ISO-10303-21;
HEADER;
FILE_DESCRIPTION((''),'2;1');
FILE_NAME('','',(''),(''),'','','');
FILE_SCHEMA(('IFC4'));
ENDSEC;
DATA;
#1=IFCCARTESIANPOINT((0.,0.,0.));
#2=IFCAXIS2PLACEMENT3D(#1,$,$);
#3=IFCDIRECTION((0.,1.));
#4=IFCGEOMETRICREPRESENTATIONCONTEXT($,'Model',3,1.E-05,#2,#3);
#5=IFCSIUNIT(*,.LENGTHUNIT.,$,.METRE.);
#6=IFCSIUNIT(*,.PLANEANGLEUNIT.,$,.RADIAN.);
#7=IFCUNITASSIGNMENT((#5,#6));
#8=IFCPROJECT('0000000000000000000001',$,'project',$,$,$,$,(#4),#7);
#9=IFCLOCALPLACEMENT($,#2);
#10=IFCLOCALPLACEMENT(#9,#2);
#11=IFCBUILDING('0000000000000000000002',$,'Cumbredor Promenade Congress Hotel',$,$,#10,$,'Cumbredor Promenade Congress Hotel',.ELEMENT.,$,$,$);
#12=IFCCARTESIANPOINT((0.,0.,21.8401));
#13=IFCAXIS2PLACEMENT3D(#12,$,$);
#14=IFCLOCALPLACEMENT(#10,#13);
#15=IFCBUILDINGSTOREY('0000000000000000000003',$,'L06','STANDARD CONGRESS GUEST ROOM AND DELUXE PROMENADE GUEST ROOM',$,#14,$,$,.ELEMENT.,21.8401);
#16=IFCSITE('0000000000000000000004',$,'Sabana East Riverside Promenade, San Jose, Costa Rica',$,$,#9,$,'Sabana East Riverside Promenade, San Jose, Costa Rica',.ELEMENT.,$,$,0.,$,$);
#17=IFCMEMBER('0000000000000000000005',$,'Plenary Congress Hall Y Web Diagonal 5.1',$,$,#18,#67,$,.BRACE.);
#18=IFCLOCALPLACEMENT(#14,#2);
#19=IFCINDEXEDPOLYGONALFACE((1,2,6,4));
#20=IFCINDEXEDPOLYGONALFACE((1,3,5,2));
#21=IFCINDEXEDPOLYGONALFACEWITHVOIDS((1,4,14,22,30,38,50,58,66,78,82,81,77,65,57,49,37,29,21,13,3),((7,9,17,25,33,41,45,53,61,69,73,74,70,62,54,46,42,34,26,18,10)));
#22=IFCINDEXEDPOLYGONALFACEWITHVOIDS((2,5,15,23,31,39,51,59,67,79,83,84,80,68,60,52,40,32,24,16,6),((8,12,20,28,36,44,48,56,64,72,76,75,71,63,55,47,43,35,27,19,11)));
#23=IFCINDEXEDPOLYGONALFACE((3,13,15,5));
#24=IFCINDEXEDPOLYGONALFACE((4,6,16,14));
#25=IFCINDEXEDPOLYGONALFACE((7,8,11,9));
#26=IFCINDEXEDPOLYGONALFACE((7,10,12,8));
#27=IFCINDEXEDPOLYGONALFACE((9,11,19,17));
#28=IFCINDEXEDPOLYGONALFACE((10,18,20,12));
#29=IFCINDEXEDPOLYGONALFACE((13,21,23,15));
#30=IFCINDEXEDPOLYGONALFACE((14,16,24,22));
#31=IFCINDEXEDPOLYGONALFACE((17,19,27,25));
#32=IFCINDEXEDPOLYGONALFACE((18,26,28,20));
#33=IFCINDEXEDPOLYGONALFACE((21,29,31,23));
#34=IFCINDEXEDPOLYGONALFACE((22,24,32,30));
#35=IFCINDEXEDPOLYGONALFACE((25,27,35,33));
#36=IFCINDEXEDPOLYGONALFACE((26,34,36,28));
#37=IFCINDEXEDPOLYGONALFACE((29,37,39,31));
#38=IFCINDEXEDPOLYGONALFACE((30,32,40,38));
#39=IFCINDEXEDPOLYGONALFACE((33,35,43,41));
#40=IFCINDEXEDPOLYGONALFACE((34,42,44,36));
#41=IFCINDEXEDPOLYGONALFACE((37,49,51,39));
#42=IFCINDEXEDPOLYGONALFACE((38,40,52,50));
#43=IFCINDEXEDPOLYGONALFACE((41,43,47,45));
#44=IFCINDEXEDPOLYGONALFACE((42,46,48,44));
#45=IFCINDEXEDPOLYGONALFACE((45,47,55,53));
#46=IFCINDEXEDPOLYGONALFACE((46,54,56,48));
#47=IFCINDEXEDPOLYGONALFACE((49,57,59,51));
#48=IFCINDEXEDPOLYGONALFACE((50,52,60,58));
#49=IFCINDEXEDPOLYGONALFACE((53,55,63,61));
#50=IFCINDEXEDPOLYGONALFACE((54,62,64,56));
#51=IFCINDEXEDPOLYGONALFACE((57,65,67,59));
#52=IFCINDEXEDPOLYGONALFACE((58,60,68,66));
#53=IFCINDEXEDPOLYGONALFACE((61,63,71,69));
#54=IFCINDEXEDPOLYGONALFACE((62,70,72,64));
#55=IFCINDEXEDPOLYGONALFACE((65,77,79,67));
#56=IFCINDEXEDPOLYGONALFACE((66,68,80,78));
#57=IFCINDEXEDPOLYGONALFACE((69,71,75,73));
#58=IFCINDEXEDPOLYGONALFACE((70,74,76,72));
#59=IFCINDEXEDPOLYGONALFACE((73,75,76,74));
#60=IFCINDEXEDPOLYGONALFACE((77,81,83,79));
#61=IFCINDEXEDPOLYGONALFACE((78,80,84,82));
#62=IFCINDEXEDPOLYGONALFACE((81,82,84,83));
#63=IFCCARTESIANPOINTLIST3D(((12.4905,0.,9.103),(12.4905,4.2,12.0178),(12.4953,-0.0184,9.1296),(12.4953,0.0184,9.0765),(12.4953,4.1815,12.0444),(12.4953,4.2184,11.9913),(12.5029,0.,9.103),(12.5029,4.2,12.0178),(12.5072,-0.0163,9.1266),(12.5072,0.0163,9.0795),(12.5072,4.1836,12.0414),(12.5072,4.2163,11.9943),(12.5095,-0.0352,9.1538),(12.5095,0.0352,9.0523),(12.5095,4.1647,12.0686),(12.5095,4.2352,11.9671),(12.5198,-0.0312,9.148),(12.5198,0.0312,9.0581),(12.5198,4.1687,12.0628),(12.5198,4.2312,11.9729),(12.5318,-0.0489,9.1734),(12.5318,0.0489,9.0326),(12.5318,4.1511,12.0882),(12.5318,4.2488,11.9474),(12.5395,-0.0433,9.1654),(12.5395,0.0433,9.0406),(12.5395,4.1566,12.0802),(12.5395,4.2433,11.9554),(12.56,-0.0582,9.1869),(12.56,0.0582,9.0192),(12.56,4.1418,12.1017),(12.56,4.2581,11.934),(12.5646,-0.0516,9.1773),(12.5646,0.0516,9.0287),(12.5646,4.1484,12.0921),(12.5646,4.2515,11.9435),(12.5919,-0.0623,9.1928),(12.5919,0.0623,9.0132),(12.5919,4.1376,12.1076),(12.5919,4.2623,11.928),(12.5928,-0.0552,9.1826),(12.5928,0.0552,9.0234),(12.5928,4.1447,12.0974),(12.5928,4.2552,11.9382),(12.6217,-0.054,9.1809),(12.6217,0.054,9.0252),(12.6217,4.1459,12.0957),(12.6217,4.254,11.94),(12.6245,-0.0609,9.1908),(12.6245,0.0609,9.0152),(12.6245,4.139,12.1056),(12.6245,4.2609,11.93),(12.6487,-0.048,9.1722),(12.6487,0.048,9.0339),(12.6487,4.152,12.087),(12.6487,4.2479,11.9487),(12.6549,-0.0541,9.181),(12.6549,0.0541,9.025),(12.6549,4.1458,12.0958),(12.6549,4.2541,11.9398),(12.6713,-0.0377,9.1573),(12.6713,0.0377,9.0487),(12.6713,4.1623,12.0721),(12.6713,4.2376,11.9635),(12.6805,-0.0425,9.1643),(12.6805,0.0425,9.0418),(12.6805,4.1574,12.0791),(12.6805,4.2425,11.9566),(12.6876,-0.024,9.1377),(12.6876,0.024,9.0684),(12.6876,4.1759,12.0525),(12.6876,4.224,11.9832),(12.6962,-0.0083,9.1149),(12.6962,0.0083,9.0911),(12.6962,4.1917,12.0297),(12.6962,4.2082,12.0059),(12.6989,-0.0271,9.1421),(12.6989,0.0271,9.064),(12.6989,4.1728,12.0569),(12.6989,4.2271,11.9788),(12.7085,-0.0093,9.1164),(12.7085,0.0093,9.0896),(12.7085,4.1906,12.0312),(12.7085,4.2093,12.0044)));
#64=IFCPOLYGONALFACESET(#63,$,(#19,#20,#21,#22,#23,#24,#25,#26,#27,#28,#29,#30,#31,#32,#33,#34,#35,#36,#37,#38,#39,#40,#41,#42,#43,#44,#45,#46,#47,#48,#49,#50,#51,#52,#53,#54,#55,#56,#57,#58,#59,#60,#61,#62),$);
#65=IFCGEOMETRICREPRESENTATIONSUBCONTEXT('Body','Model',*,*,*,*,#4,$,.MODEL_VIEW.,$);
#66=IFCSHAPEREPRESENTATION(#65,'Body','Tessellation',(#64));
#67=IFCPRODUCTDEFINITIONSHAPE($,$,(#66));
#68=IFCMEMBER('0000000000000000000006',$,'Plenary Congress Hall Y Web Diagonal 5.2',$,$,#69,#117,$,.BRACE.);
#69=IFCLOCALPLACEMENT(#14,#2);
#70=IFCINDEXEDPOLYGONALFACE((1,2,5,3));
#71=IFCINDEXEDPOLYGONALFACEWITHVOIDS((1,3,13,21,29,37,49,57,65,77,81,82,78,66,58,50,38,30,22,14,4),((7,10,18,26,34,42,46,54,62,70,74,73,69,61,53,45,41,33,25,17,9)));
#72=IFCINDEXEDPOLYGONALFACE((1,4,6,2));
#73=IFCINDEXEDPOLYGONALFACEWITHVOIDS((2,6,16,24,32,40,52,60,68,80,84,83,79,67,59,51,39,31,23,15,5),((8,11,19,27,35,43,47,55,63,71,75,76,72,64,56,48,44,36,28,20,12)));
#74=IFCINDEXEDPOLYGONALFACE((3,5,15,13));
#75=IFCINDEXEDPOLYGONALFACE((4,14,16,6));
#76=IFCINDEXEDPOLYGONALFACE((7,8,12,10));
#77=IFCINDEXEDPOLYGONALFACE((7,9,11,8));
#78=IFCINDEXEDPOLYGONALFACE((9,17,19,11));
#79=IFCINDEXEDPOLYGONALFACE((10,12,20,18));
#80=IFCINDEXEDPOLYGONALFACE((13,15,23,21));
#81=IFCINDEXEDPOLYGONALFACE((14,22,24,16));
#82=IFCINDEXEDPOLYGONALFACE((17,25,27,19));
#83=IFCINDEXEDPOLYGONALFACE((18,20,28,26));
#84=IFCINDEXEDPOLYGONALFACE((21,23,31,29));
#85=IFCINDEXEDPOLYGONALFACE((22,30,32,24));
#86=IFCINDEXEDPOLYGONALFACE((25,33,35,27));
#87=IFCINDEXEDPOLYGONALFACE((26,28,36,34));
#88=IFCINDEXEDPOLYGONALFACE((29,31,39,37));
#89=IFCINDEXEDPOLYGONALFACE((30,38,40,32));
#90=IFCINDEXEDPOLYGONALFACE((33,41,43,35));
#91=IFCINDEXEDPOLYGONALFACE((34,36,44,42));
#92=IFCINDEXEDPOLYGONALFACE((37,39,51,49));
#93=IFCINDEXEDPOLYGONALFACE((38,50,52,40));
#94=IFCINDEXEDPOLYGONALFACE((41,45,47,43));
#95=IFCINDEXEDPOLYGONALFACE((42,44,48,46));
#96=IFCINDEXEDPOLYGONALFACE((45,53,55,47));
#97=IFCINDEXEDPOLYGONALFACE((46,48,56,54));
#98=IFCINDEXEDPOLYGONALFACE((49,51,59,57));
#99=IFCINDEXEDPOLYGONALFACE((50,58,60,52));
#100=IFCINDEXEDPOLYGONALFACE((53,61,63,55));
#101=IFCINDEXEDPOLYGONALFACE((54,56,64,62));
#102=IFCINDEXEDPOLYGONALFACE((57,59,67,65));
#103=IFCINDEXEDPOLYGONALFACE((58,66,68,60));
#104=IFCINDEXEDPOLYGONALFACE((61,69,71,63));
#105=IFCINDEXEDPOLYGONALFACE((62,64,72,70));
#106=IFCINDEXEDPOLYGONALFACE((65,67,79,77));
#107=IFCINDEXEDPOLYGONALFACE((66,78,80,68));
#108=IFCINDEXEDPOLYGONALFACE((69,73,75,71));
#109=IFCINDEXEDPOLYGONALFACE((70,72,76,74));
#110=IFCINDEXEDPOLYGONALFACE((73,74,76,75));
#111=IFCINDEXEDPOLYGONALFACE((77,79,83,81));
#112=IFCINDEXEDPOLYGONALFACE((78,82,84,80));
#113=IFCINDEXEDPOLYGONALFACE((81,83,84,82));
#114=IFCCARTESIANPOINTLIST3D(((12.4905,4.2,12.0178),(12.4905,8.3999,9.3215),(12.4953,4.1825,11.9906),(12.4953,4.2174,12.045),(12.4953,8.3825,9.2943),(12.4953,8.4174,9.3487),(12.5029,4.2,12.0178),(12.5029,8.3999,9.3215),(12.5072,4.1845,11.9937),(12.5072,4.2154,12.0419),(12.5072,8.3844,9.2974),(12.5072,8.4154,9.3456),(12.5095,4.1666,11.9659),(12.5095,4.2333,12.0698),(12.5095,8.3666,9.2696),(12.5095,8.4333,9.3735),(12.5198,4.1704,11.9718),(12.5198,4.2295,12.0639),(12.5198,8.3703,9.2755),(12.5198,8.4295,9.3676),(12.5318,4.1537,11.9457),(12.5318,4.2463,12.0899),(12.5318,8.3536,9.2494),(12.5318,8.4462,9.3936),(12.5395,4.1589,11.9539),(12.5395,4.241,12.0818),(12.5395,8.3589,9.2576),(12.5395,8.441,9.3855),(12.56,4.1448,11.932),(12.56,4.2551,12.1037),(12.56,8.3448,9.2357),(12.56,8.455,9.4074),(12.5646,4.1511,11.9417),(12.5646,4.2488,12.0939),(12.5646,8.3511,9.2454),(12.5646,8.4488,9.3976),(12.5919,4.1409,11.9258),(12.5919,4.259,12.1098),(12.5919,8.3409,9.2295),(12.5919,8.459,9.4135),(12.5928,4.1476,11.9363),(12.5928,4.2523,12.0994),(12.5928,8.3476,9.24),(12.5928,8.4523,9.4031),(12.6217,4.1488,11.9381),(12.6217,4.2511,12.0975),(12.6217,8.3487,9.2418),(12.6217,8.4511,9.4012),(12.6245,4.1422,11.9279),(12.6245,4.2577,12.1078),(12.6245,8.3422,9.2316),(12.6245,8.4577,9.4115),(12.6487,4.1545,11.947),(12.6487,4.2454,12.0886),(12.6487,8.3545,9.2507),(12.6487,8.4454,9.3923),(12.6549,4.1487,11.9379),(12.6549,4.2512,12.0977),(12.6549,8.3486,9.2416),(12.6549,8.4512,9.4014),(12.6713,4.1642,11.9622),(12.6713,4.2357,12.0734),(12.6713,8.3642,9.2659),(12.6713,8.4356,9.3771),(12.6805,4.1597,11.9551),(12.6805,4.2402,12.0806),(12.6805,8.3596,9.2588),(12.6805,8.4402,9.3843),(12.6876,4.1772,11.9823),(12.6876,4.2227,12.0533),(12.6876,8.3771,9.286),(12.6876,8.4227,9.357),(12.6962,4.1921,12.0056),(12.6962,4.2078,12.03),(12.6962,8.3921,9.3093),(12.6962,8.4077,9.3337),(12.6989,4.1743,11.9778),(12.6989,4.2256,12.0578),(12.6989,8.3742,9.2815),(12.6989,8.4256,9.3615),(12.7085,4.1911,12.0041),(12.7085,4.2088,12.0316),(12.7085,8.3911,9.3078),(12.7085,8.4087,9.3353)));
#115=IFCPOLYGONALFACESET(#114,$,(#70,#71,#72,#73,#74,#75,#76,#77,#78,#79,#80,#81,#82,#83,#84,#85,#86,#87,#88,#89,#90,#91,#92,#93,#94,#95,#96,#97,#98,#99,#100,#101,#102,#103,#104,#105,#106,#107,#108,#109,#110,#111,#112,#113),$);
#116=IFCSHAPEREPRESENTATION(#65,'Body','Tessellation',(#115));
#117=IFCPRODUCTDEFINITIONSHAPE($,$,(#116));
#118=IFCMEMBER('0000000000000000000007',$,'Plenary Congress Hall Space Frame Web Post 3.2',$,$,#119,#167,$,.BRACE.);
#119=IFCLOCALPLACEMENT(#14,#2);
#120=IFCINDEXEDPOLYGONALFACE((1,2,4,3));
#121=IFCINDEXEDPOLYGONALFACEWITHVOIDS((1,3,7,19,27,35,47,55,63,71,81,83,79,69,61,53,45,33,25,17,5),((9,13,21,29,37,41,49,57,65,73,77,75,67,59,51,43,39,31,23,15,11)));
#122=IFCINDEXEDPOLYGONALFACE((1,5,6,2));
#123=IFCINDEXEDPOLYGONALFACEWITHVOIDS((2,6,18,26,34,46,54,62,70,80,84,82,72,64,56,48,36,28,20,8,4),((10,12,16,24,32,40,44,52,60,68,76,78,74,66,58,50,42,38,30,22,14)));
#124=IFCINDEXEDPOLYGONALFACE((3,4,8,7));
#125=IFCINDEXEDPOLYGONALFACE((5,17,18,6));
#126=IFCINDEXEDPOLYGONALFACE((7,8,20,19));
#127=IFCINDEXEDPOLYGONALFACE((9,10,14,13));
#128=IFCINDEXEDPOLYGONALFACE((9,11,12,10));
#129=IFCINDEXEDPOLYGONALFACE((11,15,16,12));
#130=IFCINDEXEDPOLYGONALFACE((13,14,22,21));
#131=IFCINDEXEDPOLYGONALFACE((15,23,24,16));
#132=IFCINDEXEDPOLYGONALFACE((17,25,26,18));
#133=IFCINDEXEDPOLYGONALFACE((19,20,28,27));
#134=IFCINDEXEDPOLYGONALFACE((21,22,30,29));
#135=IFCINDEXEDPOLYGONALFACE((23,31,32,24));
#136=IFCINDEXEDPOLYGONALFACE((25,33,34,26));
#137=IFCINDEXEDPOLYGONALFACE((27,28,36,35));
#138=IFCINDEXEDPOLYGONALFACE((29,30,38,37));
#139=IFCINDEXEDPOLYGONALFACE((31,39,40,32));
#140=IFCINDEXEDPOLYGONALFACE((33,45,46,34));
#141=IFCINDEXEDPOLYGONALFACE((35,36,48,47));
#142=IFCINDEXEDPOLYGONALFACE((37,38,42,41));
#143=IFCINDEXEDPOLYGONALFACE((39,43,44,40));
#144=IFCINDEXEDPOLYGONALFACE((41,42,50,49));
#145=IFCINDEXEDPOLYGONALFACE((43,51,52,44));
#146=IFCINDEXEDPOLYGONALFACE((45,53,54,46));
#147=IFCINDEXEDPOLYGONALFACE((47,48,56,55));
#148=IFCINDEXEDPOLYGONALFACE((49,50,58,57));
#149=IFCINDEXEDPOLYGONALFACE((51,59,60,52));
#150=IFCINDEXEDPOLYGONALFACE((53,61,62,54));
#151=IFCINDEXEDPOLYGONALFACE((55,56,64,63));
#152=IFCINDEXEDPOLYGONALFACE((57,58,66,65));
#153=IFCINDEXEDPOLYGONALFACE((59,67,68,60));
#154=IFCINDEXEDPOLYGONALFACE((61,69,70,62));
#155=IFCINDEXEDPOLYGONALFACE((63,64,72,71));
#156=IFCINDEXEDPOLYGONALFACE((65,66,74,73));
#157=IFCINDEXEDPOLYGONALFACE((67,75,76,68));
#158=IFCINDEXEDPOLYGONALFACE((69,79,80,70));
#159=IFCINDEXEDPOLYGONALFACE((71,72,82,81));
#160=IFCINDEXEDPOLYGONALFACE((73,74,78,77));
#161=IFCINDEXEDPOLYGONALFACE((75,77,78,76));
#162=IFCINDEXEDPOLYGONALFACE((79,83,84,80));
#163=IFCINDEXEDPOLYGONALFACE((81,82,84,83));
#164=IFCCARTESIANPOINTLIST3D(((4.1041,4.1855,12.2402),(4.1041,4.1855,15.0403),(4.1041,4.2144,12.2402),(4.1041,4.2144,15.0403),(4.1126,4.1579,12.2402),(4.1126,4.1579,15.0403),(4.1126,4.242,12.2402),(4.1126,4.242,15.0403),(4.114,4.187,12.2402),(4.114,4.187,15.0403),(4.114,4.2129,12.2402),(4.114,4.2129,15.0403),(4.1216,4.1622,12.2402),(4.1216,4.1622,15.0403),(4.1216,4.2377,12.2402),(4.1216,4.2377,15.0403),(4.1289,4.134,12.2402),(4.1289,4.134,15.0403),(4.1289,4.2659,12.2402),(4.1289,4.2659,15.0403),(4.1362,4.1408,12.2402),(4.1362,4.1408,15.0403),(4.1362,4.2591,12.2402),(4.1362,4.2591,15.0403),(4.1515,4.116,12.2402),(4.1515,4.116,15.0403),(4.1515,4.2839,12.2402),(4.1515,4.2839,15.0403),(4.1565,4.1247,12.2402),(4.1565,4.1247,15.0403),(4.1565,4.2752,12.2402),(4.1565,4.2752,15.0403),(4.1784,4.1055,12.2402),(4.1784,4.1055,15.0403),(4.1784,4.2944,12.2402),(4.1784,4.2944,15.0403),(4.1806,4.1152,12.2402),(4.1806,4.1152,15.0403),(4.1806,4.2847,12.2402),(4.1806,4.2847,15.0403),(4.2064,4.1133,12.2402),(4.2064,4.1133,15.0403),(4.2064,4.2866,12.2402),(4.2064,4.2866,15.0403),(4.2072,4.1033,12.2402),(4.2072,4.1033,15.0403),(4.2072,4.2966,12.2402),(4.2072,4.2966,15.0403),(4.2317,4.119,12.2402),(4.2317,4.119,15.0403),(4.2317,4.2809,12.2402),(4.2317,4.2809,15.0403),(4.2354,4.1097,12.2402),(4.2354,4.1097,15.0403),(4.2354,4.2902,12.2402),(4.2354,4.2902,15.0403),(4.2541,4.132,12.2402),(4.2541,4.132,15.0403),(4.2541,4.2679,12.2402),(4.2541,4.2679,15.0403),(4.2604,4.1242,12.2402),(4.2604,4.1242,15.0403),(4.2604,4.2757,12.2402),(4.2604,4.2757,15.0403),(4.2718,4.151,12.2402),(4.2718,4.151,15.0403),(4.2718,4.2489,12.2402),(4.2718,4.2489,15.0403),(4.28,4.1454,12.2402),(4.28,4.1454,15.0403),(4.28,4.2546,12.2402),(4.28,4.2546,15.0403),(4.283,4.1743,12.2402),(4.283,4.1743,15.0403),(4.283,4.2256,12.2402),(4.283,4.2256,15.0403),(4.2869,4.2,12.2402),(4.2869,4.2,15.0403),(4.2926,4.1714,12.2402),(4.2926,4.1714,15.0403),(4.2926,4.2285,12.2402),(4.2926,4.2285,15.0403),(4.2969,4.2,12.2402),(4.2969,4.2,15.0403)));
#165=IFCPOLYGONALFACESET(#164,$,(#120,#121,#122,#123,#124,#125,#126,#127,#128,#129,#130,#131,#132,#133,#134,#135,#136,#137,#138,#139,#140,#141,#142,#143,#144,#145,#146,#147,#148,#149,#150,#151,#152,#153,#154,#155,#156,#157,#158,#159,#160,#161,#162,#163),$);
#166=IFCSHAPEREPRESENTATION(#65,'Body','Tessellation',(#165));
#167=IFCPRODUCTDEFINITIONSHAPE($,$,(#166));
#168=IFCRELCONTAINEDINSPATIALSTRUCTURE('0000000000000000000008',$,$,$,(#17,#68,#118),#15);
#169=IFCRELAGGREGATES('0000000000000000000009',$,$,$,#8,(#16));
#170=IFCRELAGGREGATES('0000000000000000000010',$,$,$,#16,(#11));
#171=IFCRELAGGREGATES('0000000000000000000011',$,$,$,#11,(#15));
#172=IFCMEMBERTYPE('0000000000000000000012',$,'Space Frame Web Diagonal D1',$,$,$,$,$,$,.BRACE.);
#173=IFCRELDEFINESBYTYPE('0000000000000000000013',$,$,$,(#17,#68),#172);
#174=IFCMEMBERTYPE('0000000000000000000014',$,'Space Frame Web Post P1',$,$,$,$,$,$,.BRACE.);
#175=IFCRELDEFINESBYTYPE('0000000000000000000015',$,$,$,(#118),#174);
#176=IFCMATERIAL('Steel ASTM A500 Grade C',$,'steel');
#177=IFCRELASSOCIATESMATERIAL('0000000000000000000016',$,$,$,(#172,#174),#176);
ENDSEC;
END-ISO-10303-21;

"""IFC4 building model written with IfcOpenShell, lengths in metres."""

from ifc_helpers import new_model, si_unit, direction, frame, origin, origin_2d, place, context, subcontext, project, spatial, hollow_circle, extrude, material, material_profile, profile_set, type_object, element, save


model = new_model("IFC4")

# Units and contexts
model_context = context("Model", 3, precision=1e-05, world=origin(), true_north=direction((0.0, 1.0)))
body_context = subcontext(model_context, "Body", "Model", "MODEL_VIEW")
ifc_project = project(units=[si_unit("LENGTHUNIT", "METRE"), si_unit("PLANEANGLEUNIT", "RADIAN")], contexts=[model_context])

# Site, building, storey
site_placement = place(None, origin())
site = spatial("IfcSite", under=ifc_project, at=site_placement, Name="Sabana East Riverside Promenade, San Jose, Costa Rica", LongName="Sabana East Riverside Promenade, San Jose, Costa Rica", CompositionType="ELEMENT", RefElevation=0.0)
building_placement = place(site_placement, origin())
building = spatial("IfcBuilding", under=site, at=building_placement, Name="Cumbredor Promenade Congress Hotel", LongName="Cumbredor Promenade Congress Hotel", CompositionType="ELEMENT")
storey_placement = place(building_placement, frame((0.0, 0.0, 21.8401)))
storey = spatial("IfcBuildingStorey", under=building, at=storey_placement, Name="L06", Description="STANDARD CONGRESS GUEST ROOM AND DELUXE PROMENADE GUEST ROOM", CompositionType="ELEMENT", Elevation=21.8401)

# Members
ifc_material_1 = material(Name="Steel ASTM A500 Grade C", Category="steel")
ifc_material_profile_1 = material_profile(ifc_material_1, hollow_circle(Radius=0.1096, WallThickness=0.0125, at=origin_2d()), Name="CHS 219.1x12.5")
ifc_profile_set_1 = profile_set([ifc_material_profile_1], Name="Steel ASTM A500 Grade C")
member_type_1 = type_object("IfcMemberType", Name="Space Frame Web Diagonal D1", PredefinedType="BRACE", material=ifc_profile_set_1)
member_1_placement = place(storey_placement, frame((12.6001, 0.0, 9.103), z_axis=(0.0, 0.821538, 0.570153), x_axis=(-1.0, 0.0, 0.0)))
element("IfcMember", 1, at=member_1_placement, inside=storey, type_object=member_type_1, Name="Plenary Congress Hall Y Web Diagonal 5.1", PredefinedType="BRACE", context=body_context, shape_type="SweptSolid", body=[
    extrude(hollow_circle(Radius=0.1096, WallThickness=0.0125, at=origin_2d()), origin(), (0.0, 0.0, 1.0), 5.1123),
])
member_2_placement = place(storey_placement, frame((12.6001, 4.2, 12.0178), z_axis=(0.0, 0.841514, -0.540236), x_axis=(-1.0, 0.0, 0.0)))
element("IfcMember", 2, at=member_2_placement, inside=storey, type_object=member_type_1, Name="Plenary Congress Hall Y Web Diagonal 5.2", PredefinedType="BRACE", context=body_context, shape_type="SweptSolid", body=[
    extrude(hollow_circle(Radius=0.1096, WallThickness=0.0125, at=origin_2d()), origin(), (0.0, 0.0, 1.0), 4.991),
])
ifc_material_profile_2 = material_profile(ifc_material_1, hollow_circle(Radius=0.0969, WallThickness=0.01, at=origin_2d()), Name="CHS 193.7x10")
ifc_profile_set_2 = profile_set([ifc_material_profile_2], Name="Steel ASTM A500 Grade C")
member_type_2 = type_object("IfcMemberType", Name="Space Frame Web Post P1", PredefinedType="BRACE", material=ifc_profile_set_2)
for number, where, z_axis, x_axis, name in (
    (3, (4.2, 4.2, 12.2402), (0.0, 0.0, 1.0), (1.0, 0.0, 0.0), "Plenary Congress Hall Space Frame Web Post 3.2"),
):
    element("IfcMember", number, at=place(storey_placement, frame(where, z_axis=z_axis, x_axis=x_axis)), inside=storey, type_object=member_type_2, Name=name, PredefinedType="BRACE", context=body_context, shape_type="SweptSolid", body=[
        extrude(hollow_circle(Radius=0.0969, WallThickness=0.01, at=origin_2d()), origin(), (0.0, 0.0, 1.0), 2.8),
    ])

save(model, "model.ifc")
